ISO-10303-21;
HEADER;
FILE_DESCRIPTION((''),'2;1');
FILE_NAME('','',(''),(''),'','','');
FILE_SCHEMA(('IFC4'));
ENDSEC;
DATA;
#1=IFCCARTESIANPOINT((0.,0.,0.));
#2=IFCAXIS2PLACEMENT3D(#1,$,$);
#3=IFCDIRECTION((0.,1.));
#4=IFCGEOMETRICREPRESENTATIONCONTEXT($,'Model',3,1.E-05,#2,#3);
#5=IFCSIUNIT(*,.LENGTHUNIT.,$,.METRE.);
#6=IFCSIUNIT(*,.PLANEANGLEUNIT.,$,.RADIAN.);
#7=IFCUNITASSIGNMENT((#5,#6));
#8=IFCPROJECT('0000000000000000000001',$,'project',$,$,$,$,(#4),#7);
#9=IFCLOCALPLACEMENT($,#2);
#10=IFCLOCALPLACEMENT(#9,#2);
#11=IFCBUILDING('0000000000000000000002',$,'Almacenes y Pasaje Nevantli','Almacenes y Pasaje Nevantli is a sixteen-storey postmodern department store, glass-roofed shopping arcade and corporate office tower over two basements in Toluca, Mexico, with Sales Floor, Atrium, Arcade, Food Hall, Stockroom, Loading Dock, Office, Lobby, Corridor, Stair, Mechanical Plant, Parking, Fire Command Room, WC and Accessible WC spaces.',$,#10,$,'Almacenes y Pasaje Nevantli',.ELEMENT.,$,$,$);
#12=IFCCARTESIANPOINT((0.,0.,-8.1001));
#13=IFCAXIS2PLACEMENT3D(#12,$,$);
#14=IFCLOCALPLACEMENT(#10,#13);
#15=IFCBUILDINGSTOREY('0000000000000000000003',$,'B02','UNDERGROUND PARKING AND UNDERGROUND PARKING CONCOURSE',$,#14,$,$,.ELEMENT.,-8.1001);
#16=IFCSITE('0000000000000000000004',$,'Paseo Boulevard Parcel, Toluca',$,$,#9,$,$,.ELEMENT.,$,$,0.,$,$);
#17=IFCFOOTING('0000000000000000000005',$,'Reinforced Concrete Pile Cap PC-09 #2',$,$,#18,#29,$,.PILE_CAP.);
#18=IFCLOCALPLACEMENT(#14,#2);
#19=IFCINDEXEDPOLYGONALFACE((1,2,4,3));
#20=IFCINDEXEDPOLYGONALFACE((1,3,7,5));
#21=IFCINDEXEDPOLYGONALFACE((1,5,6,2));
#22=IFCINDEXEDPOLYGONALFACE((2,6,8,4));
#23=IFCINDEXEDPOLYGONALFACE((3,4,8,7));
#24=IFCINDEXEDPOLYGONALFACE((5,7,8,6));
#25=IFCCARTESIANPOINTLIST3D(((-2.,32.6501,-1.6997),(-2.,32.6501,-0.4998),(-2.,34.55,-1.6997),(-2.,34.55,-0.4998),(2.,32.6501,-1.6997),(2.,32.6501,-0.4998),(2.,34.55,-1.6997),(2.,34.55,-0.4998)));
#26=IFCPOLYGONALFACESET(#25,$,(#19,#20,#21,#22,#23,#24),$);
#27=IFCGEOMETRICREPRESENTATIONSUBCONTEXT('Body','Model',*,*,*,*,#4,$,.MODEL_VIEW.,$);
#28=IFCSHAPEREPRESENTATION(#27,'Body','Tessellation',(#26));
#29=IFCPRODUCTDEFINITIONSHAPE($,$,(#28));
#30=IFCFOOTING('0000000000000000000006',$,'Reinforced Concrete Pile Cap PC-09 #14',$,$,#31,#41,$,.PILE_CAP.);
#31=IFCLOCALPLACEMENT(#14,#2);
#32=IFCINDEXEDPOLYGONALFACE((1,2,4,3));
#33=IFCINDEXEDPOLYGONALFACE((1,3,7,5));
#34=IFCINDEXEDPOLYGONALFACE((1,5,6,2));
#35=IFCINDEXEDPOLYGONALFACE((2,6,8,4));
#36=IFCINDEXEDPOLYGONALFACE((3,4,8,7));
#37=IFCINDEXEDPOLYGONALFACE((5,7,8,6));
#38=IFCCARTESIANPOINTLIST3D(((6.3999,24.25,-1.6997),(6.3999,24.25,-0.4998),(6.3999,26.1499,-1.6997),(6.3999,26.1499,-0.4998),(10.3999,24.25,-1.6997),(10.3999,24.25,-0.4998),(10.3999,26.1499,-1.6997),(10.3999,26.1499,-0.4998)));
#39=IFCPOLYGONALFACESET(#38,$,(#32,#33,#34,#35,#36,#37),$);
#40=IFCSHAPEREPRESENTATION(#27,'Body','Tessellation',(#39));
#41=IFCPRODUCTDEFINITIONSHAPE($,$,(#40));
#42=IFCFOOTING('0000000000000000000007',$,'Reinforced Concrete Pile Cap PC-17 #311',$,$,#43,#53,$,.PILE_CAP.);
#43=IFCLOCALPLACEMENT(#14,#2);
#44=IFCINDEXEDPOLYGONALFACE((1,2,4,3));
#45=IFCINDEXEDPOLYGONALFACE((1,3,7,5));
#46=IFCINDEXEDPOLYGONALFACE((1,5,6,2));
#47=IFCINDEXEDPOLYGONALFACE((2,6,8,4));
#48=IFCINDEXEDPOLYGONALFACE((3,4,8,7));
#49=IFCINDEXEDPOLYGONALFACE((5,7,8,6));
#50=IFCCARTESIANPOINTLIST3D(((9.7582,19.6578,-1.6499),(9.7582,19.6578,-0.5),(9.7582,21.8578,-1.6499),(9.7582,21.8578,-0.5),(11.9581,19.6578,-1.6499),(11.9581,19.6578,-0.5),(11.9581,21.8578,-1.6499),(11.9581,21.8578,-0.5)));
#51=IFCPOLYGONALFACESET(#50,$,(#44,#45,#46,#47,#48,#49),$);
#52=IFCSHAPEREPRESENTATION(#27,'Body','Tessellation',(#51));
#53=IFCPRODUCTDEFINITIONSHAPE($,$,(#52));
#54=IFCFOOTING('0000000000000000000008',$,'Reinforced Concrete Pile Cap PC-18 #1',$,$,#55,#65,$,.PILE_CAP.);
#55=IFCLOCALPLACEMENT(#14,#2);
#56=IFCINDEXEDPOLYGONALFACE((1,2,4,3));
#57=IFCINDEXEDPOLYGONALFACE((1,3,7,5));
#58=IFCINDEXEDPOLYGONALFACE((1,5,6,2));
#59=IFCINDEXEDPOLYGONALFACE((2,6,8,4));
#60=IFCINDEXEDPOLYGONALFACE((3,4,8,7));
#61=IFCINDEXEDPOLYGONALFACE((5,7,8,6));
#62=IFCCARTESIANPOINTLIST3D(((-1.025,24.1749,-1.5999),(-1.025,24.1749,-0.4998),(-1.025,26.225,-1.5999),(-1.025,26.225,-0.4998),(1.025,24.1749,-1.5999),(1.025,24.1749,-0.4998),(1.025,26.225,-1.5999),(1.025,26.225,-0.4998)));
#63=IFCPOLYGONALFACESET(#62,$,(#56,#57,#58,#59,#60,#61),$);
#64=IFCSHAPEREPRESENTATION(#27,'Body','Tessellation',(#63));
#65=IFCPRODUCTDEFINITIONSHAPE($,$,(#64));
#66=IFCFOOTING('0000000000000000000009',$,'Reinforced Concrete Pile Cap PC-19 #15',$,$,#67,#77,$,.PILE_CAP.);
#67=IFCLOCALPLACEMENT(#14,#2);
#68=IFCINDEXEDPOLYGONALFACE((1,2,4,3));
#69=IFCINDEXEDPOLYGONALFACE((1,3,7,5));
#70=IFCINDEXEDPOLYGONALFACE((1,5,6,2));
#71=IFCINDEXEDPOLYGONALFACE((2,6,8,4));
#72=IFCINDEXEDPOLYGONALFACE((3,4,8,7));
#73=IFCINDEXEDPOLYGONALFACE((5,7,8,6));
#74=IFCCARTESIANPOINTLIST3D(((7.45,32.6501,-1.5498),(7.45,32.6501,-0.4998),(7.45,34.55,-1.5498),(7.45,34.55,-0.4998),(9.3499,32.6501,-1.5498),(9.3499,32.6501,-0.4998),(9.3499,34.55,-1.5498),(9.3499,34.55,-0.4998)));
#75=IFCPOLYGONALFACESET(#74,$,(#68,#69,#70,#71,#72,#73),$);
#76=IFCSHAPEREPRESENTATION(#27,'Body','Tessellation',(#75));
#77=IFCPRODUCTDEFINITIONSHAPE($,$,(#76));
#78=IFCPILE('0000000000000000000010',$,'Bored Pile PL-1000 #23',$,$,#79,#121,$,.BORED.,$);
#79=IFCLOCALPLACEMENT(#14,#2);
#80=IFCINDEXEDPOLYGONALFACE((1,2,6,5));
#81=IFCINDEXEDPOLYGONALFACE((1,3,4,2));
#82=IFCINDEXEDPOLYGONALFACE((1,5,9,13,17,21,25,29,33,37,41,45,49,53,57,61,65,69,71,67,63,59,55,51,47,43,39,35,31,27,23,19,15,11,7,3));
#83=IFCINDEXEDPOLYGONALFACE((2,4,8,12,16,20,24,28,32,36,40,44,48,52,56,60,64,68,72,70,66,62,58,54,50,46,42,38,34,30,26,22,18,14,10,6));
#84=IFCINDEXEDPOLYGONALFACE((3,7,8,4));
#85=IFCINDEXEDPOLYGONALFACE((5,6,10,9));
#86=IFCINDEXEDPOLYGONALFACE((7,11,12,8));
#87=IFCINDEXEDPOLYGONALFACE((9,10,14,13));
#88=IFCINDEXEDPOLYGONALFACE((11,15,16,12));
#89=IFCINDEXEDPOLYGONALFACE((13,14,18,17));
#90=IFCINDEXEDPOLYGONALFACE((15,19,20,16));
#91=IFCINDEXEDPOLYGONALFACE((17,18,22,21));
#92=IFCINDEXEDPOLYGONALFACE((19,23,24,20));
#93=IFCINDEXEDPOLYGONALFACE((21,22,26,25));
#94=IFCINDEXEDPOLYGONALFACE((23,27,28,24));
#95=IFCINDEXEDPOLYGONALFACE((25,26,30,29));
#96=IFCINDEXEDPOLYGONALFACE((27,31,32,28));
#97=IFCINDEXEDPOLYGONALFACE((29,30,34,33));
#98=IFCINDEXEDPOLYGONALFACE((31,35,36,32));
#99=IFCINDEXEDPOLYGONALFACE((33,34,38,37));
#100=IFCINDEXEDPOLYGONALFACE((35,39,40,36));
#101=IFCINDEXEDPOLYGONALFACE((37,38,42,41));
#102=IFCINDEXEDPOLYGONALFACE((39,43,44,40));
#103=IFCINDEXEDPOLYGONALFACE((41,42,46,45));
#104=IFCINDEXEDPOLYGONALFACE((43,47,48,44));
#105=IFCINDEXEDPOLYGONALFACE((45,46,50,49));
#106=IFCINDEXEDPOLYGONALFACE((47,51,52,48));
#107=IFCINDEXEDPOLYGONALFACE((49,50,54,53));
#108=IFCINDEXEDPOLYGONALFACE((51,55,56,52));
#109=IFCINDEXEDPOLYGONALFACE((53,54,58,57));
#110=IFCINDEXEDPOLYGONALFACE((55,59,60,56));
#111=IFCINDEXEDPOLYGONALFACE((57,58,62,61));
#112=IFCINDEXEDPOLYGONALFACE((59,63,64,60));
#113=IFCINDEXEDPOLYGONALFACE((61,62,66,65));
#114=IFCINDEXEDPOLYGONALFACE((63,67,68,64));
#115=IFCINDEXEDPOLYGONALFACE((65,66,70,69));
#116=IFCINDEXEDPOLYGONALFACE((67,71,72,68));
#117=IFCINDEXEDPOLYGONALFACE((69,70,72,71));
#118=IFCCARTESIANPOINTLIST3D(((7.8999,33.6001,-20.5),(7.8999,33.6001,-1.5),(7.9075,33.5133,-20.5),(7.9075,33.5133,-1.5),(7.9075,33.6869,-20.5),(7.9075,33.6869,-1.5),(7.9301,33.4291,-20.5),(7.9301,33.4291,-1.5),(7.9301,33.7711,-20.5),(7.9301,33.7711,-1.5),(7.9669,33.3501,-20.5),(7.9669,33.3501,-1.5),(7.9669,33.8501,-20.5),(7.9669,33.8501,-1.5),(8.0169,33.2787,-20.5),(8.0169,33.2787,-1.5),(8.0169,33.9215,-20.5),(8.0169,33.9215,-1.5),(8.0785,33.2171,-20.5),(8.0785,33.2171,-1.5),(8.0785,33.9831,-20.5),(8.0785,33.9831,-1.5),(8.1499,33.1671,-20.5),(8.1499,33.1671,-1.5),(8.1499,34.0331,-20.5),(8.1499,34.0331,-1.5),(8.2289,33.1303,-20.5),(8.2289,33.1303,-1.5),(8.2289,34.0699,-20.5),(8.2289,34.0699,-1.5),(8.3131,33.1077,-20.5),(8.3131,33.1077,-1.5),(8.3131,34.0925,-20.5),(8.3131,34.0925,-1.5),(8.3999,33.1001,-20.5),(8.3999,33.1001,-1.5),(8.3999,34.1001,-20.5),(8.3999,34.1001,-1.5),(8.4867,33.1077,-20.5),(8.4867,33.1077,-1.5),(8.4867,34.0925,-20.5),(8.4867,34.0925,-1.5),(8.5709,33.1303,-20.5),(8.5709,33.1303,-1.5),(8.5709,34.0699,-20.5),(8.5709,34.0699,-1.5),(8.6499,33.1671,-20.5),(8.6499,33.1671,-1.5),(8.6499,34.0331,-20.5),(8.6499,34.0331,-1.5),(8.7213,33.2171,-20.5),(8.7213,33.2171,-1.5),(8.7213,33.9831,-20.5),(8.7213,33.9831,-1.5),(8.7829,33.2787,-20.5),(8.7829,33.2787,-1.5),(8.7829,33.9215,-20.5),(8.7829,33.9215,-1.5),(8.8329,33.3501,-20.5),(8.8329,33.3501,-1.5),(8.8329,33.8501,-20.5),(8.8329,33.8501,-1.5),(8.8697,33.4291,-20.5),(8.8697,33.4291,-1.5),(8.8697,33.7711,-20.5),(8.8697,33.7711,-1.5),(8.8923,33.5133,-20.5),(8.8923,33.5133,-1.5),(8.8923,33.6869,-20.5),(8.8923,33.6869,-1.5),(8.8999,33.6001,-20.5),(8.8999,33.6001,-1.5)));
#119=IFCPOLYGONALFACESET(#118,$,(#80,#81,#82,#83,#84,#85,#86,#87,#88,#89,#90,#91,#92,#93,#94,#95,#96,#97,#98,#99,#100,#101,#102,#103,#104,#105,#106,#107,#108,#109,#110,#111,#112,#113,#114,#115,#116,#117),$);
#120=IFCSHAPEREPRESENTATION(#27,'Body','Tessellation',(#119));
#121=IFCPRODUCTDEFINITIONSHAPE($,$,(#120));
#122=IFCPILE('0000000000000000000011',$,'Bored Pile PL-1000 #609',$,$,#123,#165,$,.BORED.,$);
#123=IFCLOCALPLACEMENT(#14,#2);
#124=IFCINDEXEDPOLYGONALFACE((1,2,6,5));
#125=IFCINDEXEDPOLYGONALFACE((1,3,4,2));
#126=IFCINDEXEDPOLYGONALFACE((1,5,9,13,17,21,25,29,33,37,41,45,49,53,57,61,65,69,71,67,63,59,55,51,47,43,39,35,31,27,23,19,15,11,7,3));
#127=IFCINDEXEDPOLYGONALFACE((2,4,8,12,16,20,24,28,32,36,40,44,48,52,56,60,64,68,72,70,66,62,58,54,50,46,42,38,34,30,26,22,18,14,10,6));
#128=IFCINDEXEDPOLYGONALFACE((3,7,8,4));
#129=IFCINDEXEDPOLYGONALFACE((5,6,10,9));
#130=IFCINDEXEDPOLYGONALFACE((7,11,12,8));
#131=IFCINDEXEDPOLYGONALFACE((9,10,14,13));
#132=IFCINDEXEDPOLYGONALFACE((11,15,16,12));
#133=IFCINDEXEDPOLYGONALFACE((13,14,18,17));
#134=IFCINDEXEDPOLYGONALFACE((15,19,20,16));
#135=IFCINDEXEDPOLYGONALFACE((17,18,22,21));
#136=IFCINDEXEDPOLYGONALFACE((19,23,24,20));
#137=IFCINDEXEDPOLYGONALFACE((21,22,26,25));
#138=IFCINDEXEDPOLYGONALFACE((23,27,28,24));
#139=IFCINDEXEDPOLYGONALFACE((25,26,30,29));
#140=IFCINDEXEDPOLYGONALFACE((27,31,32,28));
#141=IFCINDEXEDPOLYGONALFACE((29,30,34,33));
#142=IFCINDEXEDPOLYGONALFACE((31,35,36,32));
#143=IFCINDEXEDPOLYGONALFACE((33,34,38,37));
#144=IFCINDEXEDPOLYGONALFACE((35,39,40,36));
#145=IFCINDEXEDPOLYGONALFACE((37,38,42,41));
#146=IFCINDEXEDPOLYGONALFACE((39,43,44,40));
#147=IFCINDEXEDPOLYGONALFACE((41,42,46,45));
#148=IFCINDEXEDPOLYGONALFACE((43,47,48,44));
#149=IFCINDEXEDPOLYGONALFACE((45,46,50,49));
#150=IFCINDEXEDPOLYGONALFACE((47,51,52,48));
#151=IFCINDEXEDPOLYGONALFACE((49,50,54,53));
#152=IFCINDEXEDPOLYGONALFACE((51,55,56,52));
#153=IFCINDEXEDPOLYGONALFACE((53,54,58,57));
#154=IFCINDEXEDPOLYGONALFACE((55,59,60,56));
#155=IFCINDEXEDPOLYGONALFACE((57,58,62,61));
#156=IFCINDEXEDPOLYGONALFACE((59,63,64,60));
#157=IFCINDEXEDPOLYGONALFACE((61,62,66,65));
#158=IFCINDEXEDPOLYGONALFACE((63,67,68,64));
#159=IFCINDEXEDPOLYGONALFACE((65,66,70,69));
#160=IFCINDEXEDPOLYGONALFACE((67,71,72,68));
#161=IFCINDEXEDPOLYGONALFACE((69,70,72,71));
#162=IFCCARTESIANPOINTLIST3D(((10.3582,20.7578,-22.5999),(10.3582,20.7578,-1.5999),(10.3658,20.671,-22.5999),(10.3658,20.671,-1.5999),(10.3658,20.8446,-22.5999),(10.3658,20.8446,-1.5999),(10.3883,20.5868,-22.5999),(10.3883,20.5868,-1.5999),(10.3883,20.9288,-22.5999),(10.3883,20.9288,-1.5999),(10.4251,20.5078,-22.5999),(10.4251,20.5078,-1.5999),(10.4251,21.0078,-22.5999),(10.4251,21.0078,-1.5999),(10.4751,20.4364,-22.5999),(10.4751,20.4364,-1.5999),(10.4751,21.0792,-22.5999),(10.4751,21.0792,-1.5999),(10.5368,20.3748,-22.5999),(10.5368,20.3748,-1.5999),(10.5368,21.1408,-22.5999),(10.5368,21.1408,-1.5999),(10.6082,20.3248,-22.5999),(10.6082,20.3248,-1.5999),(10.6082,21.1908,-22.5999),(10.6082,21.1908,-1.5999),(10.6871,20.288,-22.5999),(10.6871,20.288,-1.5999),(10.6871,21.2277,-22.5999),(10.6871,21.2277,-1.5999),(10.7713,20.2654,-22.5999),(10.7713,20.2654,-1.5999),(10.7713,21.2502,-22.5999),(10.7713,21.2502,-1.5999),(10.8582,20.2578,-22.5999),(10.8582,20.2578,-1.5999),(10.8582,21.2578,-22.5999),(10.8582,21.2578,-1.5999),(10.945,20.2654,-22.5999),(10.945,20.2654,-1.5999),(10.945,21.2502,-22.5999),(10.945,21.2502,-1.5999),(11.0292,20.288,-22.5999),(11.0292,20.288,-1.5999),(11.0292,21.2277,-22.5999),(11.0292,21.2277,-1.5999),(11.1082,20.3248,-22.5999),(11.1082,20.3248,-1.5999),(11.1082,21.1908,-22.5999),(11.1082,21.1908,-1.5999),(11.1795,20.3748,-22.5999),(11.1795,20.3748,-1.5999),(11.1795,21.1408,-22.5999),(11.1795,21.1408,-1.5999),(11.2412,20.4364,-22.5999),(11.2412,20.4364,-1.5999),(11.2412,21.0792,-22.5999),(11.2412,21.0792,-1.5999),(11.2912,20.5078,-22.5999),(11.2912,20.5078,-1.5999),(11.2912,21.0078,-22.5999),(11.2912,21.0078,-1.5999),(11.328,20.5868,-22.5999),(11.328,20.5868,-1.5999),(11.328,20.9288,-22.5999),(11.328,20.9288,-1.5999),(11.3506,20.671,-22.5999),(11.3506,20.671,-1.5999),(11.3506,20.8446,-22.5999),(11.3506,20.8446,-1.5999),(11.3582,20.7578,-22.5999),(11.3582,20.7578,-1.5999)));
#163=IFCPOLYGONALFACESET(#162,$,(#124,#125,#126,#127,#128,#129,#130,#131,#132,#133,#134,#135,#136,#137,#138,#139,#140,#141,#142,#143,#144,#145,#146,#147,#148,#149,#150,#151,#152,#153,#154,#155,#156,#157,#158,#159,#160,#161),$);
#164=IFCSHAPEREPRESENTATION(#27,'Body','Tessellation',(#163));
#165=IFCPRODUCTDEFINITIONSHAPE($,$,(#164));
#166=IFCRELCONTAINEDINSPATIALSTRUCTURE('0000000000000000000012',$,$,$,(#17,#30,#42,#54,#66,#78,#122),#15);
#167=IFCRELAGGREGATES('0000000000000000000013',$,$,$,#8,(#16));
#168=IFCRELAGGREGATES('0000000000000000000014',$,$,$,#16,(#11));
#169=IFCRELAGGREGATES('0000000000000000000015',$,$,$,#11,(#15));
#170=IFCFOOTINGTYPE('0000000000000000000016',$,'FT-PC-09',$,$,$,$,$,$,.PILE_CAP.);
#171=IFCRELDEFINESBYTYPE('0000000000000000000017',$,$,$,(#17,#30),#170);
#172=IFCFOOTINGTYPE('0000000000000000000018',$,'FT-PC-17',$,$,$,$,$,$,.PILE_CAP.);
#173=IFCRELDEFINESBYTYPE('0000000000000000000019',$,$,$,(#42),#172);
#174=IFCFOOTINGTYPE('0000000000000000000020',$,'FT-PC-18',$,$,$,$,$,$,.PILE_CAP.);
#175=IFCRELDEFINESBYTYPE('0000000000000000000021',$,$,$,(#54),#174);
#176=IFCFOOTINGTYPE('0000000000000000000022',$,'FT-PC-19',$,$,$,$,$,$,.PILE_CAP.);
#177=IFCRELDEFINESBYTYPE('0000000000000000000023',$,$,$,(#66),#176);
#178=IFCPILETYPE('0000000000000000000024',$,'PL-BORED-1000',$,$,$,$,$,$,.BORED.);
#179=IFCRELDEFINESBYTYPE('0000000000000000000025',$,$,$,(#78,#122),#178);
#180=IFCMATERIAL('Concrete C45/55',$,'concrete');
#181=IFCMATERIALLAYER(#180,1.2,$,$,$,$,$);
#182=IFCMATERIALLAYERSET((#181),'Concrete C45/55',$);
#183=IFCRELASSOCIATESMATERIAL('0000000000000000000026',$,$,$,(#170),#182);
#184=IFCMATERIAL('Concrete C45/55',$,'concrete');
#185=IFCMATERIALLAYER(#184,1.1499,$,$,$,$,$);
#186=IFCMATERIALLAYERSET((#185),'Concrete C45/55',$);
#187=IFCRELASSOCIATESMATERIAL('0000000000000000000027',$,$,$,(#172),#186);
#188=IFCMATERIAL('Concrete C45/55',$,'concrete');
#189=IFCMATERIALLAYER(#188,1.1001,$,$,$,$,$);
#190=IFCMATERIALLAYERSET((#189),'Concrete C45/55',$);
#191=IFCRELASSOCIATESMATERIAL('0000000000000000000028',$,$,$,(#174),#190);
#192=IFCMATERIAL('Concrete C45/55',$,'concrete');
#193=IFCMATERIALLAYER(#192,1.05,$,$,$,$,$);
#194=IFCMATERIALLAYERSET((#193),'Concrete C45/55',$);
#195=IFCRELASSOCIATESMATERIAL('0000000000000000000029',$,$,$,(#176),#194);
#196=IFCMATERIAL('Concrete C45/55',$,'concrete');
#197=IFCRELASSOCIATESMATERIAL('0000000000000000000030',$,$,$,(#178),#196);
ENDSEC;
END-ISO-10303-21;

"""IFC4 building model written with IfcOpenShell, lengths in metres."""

from ifc_helpers import new_model, si_unit, direction, frame, origin, origin_2d, place, context, subcontext, project, spatial, rectangle, circle, extrude, material, layer, layer_set, material_profile, profile_set, type_object, element, save


model = new_model("IFC4")

# Units and contexts
model_context = context("Model", 3, precision=1e-05, world=origin(), true_north=direction((0.0, 1.0)))
body_context = subcontext(model_context, "Body", "Model", "MODEL_VIEW")
ifc_project = project(units=[si_unit("LENGTHUNIT", "METRE"), si_unit("PLANEANGLEUNIT", "RADIAN")], contexts=[model_context])

# Site, building, storey
site_placement = place(None, origin())
site = spatial("IfcSite", under=ifc_project, at=site_placement, Name="Paseo Boulevard Parcel, Toluca", CompositionType="ELEMENT", RefElevation=0.0)
building_placement = place(site_placement, origin())
building = spatial("IfcBuilding", under=site, at=building_placement, Name="Almacenes y Pasaje Nevantli", Description="Almacenes y Pasaje Nevantli is a sixteen-storey postmodern department store, glass-roofed shopping arcade and corporate office tower over two basements in Toluca, Mexico, with Sales Floor, Atrium, Arcade, Food Hall, Stockroom, Loading Dock, Office, Lobby, Corridor, Stair, Mechanical Plant, Parking, Fire Command Room, WC and Accessible WC spaces.", LongName="Almacenes y Pasaje Nevantli", CompositionType="ELEMENT")
storey_placement = place(building_placement, frame((0.0, 0.0, -8.1001)))
storey = spatial("IfcBuildingStorey", under=building, at=storey_placement, Name="B02", Description="UNDERGROUND PARKING AND UNDERGROUND PARKING CONCOURSE", CompositionType="ELEMENT", Elevation=-8.1001)

# Footings
ifc_material_1 = material(Name="Concrete C45/55", Category="concrete")
ifc_layer_1 = layer(ifc_material_1, 1.2)
ifc_layer_set_1 = layer_set([ifc_layer_1], Name="Concrete C45/55")
footing_type_1 = type_object("IfcFootingType", Name="FT-PC-09", PredefinedType="PILE_CAP", material=ifc_layer_set_1)
for number, where, z_axis, x_axis, name in (
    (1, (0.0, 33.6001, -1.6997), (0.0, 0.0, 1.0), (1.0, 0.0, 0.0), "Reinforced Concrete Pile Cap PC-09 #2"),
    (2, (8.3999, 25.2, -1.6997), (0.0, 0.0, 1.0), (1.0, 0.0, 0.0), "Reinforced Concrete Pile Cap PC-09 #14"),
):
    element("IfcFooting", number, at=place(storey_placement, frame(where, z_axis=z_axis, x_axis=x_axis)), inside=storey, type_object=footing_type_1, Name=name, PredefinedType="PILE_CAP", context=body_context, shape_type="SweptSolid", body=[
        extrude(rectangle(XDim=4.0, YDim=1.8999, at=origin_2d()), origin(), (0.0, 0.0, 1.0), 1.2),
    ])
ifc_material_2 = material(Name="Concrete C45/55", Category="concrete")
ifc_layer_2 = layer(ifc_material_2, 1.1499)
ifc_layer_set_2 = layer_set([ifc_layer_2], Name="Concrete C45/55")
footing_type_2 = type_object("IfcFootingType", Name="FT-PC-17", PredefinedType="PILE_CAP", material=ifc_layer_set_2)
footing_1_placement = place(storey_placement, frame((10.8582, 20.7578, -1.6499), z_axis=(0.0, 0.0, 1.0), x_axis=(1.0, 0.0, 0.0)))
element("IfcFooting", 3, at=footing_1_placement, inside=storey, type_object=footing_type_2, Name="Reinforced Concrete Pile Cap PC-17 #311", PredefinedType="PILE_CAP", context=body_context, shape_type="SweptSolid", body=[
    extrude(rectangle(XDim=2.2, YDim=2.2, at=origin_2d()), origin(), (0.0, 0.0, 1.0), 1.1499),
])
ifc_material_3 = material(Name="Concrete C45/55", Category="concrete")
ifc_layer_3 = layer(ifc_material_3, 1.1001)
ifc_layer_set_3 = layer_set([ifc_layer_3], Name="Concrete C45/55")
footing_type_3 = type_object("IfcFootingType", Name="FT-PC-18", PredefinedType="PILE_CAP", material=ifc_layer_set_3)
footing_2_placement = place(storey_placement, frame((0.0, 25.2, -1.5999), z_axis=(0.0, 0.0, 1.0), x_axis=(1.0, 0.0, 0.0)))
element("IfcFooting", 4, at=footing_2_placement, inside=storey, type_object=footing_type_3, Name="Reinforced Concrete Pile Cap PC-18 #1", PredefinedType="PILE_CAP", context=body_context, shape_type="SweptSolid", body=[
    extrude(rectangle(XDim=2.05, YDim=2.05, at=origin_2d()), origin(), (0.0, 0.0, 1.0), 1.1001),
])
ifc_material_4 = material(Name="Concrete C45/55", Category="concrete")
ifc_layer_4 = layer(ifc_material_4, 1.05)
ifc_layer_set_4 = layer_set([ifc_layer_4], Name="Concrete C45/55")
footing_type_4 = type_object("IfcFootingType", Name="FT-PC-19", PredefinedType="PILE_CAP", material=ifc_layer_set_4)
footing_3_placement = place(storey_placement, frame((8.3999, 33.6001, -1.5498), z_axis=(0.0, 0.0, 1.0), x_axis=(1.0, 0.0, 0.0)))
element("IfcFooting", 5, at=footing_3_placement, inside=storey, type_object=footing_type_4, Name="Reinforced Concrete Pile Cap PC-19 #15", PredefinedType="PILE_CAP", context=body_context, shape_type="SweptSolid", body=[
    extrude(rectangle(XDim=1.8999, YDim=1.8999, at=origin_2d()), origin(), (0.0, 0.0, 1.0), 1.05),
])

# Piles
ifc_material_5 = material(Name="Concrete C45/55", Category="concrete")
ifc_material_profile_1 = material_profile(ifc_material_5, circle(Radius=0.5, at=origin_2d()), Name="RC-PILE-D1000")
ifc_profile_set_1 = profile_set([ifc_material_profile_1], Name="Concrete C45/55")
pile_type_1 = type_object("IfcPileType", Name="PL-BORED-1000", PredefinedType="BORED", material=ifc_profile_set_1)
pile_1_placement = place(storey_placement, frame((8.3999, 33.6001, -1.5), z_axis=(0.0, 0.0, -1.0), x_axis=(1.0, 0.0, 0.0)))
element("IfcPile", 6, at=pile_1_placement, inside=storey, type_object=pile_type_1, Name="Bored Pile PL-1000 #23", PredefinedType="BORED", context=body_context, shape_type="SweptSolid", body=[
    extrude(circle(Radius=0.5, at=origin_2d()), origin(), (0.0, 0.0, 1.0), 19.0),
])
pile_2_placement = place(storey_placement, frame((10.8582, 20.7578, -1.5999), z_axis=(0.0, 0.0, -1.0), x_axis=(1.0, 0.0, 0.0)))
element("IfcPile", 7, at=pile_2_placement, inside=storey, type_object=pile_type_1, Name="Bored Pile PL-1000 #609", PredefinedType="BORED", context=body_context, shape_type="SweptSolid", body=[
    extrude(circle(Radius=0.5, at=origin_2d()), origin(), (0.0, 0.0, 1.0), 21.0),
])

save(model, "model.ifc")
